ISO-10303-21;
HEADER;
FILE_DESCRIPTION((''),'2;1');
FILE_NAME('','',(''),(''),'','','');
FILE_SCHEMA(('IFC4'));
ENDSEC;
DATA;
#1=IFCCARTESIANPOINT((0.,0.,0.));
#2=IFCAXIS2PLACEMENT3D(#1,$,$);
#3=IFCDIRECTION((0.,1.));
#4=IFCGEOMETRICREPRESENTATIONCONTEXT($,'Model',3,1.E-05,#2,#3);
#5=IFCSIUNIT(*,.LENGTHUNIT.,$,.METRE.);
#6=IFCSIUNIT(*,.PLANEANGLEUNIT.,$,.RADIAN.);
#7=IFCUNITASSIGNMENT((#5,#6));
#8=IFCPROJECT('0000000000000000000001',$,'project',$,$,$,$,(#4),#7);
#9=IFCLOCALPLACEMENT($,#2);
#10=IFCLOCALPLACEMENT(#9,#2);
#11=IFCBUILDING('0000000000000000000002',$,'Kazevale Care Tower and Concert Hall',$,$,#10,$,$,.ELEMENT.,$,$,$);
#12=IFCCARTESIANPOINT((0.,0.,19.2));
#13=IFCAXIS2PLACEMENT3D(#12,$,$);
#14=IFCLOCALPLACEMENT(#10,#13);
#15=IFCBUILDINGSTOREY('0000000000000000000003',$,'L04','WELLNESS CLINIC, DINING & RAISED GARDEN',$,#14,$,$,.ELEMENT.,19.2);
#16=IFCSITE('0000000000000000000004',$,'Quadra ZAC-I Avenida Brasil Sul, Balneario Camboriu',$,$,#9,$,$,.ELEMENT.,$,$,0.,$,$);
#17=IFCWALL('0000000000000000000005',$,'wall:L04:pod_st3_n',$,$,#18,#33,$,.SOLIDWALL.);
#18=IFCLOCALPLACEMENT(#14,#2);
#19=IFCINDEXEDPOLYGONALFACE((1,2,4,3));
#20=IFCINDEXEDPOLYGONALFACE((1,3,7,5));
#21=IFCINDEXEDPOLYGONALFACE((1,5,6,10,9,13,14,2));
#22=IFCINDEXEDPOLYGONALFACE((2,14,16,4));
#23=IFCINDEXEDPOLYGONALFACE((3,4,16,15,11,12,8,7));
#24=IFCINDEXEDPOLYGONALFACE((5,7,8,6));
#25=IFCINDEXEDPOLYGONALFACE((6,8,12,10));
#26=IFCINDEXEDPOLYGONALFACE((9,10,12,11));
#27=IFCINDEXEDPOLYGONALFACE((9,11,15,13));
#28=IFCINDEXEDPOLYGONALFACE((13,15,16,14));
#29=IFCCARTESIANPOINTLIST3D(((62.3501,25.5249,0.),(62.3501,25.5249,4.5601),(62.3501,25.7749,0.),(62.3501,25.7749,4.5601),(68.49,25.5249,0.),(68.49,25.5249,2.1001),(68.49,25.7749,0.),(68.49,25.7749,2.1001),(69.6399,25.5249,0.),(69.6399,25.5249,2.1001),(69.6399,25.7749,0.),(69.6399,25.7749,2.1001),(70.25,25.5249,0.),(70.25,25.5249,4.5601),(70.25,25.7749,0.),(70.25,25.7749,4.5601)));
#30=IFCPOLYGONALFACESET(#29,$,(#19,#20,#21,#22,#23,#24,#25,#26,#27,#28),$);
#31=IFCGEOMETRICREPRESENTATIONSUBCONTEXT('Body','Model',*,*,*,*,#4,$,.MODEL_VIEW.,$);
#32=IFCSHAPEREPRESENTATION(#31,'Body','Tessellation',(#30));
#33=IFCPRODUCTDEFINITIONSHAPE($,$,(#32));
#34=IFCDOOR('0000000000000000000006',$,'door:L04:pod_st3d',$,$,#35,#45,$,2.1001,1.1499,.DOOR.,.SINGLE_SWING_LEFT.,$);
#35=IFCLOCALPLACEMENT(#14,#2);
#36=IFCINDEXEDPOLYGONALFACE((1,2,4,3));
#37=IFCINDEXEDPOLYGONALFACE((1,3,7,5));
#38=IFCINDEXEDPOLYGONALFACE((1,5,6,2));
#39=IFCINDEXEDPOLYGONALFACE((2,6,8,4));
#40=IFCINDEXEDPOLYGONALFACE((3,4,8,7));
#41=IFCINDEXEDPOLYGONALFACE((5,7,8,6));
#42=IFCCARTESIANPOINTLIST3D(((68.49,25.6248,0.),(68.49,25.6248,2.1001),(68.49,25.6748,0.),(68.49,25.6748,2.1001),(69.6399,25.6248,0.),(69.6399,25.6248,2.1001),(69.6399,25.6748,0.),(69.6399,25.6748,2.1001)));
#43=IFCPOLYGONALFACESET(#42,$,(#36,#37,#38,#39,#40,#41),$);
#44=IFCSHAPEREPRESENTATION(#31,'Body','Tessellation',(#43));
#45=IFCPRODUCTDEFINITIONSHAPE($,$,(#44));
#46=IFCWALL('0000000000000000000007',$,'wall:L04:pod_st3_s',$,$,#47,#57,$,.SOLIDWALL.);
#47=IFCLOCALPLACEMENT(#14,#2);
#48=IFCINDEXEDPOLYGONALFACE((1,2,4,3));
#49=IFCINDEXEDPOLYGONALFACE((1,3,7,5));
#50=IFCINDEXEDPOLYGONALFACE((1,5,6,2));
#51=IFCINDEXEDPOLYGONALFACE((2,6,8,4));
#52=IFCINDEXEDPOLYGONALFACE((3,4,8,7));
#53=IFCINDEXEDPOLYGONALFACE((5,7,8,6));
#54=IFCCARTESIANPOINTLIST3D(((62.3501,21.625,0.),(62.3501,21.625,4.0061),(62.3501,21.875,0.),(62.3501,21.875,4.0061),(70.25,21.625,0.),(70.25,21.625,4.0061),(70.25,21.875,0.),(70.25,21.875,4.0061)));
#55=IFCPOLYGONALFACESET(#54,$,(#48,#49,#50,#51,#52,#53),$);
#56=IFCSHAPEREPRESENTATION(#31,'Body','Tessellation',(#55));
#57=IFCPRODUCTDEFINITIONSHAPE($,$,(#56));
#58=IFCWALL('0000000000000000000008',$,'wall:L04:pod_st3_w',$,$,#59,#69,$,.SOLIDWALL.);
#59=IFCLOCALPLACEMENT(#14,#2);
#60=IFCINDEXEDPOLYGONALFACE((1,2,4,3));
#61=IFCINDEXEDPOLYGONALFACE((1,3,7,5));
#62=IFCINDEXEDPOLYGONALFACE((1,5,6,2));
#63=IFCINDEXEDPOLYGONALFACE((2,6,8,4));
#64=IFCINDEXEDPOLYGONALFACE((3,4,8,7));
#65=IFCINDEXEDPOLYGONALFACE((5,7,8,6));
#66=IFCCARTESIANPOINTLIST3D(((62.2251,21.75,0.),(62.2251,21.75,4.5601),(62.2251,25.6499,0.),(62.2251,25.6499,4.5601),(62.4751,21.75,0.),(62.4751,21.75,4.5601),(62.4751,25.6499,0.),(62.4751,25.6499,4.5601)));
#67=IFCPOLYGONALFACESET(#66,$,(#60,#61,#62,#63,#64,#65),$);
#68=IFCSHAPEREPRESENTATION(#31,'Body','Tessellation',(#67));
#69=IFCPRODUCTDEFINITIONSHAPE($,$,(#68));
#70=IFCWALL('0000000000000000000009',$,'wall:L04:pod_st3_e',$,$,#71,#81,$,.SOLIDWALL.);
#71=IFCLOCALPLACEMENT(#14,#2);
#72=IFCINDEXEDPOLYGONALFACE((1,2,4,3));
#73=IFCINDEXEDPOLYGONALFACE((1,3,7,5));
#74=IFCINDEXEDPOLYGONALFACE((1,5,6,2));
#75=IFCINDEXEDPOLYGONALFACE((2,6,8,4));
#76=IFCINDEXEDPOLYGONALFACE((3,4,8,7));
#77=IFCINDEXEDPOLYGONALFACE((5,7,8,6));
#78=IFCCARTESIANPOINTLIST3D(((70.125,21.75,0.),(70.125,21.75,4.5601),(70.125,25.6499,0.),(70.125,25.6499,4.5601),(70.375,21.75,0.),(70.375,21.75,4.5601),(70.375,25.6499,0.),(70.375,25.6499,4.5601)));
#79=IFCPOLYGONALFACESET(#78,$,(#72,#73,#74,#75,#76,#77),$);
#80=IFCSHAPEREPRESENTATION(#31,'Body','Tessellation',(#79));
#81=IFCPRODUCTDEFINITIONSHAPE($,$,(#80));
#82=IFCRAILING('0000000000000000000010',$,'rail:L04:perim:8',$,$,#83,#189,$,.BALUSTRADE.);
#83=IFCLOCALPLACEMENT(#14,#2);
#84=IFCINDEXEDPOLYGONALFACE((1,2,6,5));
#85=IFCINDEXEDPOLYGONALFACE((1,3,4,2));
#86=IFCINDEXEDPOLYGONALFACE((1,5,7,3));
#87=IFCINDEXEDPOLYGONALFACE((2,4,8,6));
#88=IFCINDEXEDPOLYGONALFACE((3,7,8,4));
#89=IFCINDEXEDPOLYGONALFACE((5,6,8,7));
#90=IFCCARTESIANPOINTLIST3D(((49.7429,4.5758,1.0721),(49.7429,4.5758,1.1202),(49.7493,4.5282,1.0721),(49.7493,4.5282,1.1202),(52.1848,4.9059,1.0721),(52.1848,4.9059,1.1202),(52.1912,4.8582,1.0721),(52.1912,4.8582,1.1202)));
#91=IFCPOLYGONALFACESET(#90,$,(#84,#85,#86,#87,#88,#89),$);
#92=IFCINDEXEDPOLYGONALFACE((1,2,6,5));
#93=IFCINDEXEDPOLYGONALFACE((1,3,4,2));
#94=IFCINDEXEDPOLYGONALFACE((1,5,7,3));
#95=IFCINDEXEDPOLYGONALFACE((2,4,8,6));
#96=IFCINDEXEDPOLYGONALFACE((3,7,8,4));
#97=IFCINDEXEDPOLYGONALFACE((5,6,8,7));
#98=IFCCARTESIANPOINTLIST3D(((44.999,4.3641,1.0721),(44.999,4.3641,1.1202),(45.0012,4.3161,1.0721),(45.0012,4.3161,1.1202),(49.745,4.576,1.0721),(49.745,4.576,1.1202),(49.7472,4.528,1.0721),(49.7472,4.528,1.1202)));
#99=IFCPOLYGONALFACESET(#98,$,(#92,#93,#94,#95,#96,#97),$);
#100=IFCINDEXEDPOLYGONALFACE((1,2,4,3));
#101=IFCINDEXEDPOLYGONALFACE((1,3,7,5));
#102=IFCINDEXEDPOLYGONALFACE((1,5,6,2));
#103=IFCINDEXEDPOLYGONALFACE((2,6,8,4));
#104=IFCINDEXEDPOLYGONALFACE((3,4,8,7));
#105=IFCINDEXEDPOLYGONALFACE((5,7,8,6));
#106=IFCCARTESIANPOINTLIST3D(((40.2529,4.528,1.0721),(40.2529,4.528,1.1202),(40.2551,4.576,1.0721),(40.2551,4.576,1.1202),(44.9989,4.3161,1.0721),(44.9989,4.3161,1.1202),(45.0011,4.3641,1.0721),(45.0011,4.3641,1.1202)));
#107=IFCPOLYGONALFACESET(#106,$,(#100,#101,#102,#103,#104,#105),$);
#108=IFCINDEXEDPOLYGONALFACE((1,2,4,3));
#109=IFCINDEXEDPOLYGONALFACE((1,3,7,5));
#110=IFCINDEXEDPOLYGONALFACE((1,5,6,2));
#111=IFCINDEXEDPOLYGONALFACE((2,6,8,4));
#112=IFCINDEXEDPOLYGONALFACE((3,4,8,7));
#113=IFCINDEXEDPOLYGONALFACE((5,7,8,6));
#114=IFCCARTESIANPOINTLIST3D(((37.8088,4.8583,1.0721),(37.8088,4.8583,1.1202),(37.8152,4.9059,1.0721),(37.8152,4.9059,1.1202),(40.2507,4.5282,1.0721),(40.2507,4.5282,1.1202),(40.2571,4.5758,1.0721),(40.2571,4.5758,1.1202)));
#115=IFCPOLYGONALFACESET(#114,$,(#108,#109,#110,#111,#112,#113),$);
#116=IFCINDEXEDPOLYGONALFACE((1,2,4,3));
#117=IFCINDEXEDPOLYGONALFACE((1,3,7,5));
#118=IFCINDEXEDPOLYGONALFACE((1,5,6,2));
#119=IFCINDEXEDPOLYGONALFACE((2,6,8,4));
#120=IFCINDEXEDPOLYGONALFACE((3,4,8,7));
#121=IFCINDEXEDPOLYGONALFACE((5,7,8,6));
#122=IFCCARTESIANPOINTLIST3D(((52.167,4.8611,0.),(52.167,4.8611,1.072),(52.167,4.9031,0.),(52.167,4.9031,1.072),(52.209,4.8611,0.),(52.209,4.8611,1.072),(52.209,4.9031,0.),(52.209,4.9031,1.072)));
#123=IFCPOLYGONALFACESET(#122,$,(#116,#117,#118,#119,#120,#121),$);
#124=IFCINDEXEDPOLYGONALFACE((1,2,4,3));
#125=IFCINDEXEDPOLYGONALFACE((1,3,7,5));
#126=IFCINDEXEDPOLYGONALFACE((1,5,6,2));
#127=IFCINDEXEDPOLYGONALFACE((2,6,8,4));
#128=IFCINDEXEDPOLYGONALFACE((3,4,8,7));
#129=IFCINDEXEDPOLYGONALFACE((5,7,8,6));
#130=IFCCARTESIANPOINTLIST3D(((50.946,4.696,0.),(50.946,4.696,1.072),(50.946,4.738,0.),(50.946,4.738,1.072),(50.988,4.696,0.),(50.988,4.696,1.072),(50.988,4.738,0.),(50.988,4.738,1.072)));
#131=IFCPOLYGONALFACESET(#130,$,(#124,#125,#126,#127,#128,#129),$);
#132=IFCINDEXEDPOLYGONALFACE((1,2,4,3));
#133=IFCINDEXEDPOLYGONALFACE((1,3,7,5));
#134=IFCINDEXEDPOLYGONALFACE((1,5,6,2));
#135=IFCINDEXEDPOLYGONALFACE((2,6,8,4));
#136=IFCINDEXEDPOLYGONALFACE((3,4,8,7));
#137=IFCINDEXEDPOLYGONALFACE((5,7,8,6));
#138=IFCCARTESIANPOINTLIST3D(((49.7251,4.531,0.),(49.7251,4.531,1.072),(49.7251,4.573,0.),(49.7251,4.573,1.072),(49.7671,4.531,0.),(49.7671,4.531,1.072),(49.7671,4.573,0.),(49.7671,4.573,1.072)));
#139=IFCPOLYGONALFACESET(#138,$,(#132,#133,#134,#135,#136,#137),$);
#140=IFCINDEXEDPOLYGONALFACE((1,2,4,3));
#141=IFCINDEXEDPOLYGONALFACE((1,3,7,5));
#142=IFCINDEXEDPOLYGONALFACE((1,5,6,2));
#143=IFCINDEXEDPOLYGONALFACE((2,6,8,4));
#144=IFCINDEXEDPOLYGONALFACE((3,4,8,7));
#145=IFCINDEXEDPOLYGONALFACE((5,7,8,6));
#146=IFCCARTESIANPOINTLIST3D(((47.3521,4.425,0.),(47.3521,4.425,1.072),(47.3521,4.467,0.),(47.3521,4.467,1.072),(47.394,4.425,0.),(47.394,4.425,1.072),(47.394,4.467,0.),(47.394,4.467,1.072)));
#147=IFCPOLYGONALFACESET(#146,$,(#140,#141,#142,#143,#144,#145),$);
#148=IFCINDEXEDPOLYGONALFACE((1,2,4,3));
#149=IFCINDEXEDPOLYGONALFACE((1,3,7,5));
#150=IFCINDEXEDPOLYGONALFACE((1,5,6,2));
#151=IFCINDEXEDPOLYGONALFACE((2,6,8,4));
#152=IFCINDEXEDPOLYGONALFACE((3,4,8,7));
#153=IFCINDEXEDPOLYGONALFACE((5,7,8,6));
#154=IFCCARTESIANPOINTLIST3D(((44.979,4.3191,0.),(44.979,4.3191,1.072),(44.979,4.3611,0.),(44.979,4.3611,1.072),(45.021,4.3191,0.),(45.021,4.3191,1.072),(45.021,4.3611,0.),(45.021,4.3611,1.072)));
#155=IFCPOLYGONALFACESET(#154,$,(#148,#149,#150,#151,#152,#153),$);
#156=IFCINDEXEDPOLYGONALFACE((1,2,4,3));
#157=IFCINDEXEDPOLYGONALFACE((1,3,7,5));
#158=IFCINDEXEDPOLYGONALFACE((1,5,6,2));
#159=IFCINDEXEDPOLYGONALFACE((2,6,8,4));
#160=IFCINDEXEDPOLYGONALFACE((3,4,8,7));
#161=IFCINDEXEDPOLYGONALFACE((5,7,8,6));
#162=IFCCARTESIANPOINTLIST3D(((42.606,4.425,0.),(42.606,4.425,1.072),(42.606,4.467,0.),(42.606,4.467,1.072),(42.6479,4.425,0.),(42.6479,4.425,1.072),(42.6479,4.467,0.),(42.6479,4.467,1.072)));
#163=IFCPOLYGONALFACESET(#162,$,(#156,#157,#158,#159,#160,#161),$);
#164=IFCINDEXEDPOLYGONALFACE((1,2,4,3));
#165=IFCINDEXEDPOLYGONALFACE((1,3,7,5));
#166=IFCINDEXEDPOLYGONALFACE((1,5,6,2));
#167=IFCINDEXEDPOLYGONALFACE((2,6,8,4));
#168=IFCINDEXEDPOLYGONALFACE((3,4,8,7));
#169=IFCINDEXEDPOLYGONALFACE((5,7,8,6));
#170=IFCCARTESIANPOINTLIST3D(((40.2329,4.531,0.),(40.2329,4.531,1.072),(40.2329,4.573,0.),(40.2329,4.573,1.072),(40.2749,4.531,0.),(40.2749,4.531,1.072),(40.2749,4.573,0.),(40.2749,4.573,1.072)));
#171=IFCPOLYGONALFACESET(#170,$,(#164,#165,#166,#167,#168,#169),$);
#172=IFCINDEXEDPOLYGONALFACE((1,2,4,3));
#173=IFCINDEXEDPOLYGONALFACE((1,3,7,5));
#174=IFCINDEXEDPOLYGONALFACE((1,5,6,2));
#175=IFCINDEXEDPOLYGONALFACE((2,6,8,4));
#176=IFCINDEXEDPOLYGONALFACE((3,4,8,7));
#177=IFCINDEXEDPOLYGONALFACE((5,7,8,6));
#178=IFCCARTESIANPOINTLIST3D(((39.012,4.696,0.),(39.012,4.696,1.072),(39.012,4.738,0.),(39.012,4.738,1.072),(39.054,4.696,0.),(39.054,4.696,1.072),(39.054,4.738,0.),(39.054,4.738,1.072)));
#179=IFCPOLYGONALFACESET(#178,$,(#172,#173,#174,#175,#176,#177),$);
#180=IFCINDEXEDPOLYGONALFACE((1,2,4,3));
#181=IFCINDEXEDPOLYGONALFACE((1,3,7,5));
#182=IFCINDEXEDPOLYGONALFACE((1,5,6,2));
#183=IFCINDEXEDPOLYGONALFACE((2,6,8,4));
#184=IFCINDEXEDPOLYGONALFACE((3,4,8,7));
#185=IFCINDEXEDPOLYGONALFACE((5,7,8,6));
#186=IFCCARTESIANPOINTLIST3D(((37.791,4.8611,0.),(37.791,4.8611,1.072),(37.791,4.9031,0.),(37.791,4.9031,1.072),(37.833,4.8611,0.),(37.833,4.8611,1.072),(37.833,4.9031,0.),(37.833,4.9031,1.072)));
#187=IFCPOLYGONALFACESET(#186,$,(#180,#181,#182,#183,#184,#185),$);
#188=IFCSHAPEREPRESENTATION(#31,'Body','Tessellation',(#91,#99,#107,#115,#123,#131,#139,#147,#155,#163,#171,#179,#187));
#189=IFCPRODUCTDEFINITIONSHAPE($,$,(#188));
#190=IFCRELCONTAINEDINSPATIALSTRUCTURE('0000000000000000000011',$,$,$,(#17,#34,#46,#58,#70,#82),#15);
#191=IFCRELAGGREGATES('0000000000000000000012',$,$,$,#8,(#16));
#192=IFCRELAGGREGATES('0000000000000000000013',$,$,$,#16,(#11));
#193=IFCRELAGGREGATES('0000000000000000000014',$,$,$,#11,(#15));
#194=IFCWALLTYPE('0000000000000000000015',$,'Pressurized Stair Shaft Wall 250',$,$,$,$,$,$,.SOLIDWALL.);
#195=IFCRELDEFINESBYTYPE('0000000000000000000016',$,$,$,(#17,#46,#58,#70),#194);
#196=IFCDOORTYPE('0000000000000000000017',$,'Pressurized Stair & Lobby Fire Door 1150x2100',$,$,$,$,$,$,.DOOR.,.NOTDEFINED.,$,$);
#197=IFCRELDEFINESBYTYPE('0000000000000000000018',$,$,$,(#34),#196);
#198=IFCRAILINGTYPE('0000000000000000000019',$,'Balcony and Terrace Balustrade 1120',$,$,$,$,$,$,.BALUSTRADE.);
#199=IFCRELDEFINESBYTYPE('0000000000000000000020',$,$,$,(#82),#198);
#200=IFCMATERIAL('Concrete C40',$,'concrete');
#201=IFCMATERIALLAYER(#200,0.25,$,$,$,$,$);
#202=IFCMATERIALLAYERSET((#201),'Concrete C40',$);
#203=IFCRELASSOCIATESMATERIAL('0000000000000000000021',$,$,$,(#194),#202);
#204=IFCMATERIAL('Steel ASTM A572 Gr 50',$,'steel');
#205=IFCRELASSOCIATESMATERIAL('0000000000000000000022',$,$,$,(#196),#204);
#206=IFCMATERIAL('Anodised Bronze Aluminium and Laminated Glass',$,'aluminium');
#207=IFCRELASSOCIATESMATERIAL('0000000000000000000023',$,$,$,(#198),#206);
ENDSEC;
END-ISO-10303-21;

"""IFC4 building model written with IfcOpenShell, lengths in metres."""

from ifc_helpers import new_model, si_unit, direction, frame, frame_2d, origin, origin_2d, place, context, subcontext, project, spatial, rectangle, extrude, material, layer, layer_set, type_object, element, fill, save


model = new_model("IFC4")

# Units and contexts
model_context = context("Model", 3, precision=1e-05, world=origin(), true_north=direction((0.0, 1.0)))
body_context = subcontext(model_context, "Body", "Model", "MODEL_VIEW")
ifc_project = project(units=[si_unit("LENGTHUNIT", "METRE"), si_unit("PLANEANGLEUNIT", "RADIAN")], contexts=[model_context])

# Site, building, storey
site_placement = place(None, origin())
site = spatial("IfcSite", under=ifc_project, at=site_placement, Name="Quadra ZAC-I Avenida Brasil Sul, Balneario Camboriu", CompositionType="ELEMENT", RefElevation=0.0)
building_placement = place(site_placement, origin())
building = spatial("IfcBuilding", under=site, at=building_placement, Name="Kazevale Care Tower and Concert Hall", CompositionType="ELEMENT")
storey_placement = place(building_placement, frame((0.0, 0.0, 19.2)))
storey = spatial("IfcBuildingStorey", under=building, at=storey_placement, Name="L04", Description="WELLNESS CLINIC, DINING & RAISED GARDEN", CompositionType="ELEMENT", Elevation=19.2)

# Shared definitions
ifc_material_1 = material(Name="Steel ASTM A572 Gr 50", Category="steel")

# Wall, opening, door
ifc_material_2 = material(Name="Concrete C40", Category="concrete")
ifc_layer_1 = layer(ifc_material_2, 0.25)
ifc_layer_set_1 = layer_set([ifc_layer_1], Name="Concrete C40")
wall_type_1 = type_object("IfcWallType", Name="Pressurized Stair Shaft Wall 250", PredefinedType="SOLIDWALL", material=ifc_layer_set_1)
wall_1_placement = place(storey_placement, frame((62.3501, 25.6499, 0.0), z_axis=(0.0, 0.0, 1.0), x_axis=(1.0, 0.0, 0.0)))
wall_1 = element("IfcWall", 1, at=wall_1_placement, inside=storey, type_object=wall_type_1, Name="wall:L04:pod_st3_n", PredefinedType="SOLIDWALL", context=body_context, shape_type="SweptSolid", body=[
    extrude(rectangle(XDim=7.8999, YDim=0.25, at=frame_2d((3.95, 0.0))), origin(), (0.0, 0.0, 1.0), 4.5601),
])
opening_1_placement = place(wall_1_placement, frame((6.1399, 0.0, 0.0)))
opening_1 = element("IfcOpeningElement", 2, at=opening_1_placement, cuts=wall_1, PredefinedType="OPENING", context=body_context, shape_type="SweptSolid", body=[
    extrude(rectangle(XDim=1.1499, YDim=2.1001, at=frame_2d((0.575, 1.05))), frame((0.0, 0.135, 0.0), z_axis=(0.0, -1.0, 0.0), x_axis=(1.0, 0.0, 0.0)), (0.0, 0.0, 1.0), 0.27),
])
door_type_1 = type_object("IfcDoorType", Name="Pressurized Stair & Lobby Fire Door 1150x2100", OperationType="NOTDEFINED", PredefinedType="DOOR", material=ifc_material_1)
door_1_placement = place(opening_1_placement, origin())
door_1 = element("IfcDoor", 3, at=door_1_placement, inside=storey, type_object=door_type_1, Name="door:L04:pod_st3d", OperationType="SINGLE_SWING_LEFT", OverallHeight=2.1001, OverallWidth=1.1499, PredefinedType="DOOR", context=body_context, shape_type="SweptSolid", body=[
    extrude(rectangle(XDim=1.1499, YDim=2.1001, at=frame_2d((0.575, 1.05))), frame((0.0, 0.0249, 0.0), z_axis=(0.0, -1.0, 0.0), x_axis=(1.0, 0.0, 0.0)), (0.0, 0.0, 1.0), 0.05),
])
fill(opening_1, door_1)

# Walls
wall_2_placement = place(storey_placement, frame((62.3501, 21.75, 0.0), z_axis=(0.0, 0.0, 1.0), x_axis=(1.0, 0.0, 0.0)))
element("IfcWall", 4, at=wall_2_placement, inside=storey, type_object=wall_type_1, Name="wall:L04:pod_st3_s", PredefinedType="SOLIDWALL", context=body_context, shape_type="SweptSolid", body=[
    extrude(rectangle(XDim=7.8999, YDim=0.25, at=frame_2d((3.95, 0.0))), origin(), (0.0, 0.0, 1.0), 4.0061),
])
for number, where, z_axis, x_axis, name in (
    (5, (62.3501, 21.75, 0.0), (0.0, 0.0, 1.0), (0.0, 1.0, 0.0), "wall:L04:pod_st3_w"),
    (6, (70.25, 21.75, 0.0), (0.0, 0.0, 1.0), (0.0, 1.0, 0.0), "wall:L04:pod_st3_e"),
):
    element("IfcWall", number, at=place(storey_placement, frame(where, z_axis=z_axis, x_axis=x_axis)), inside=storey, type_object=wall_type_1, Name=name, PredefinedType="SOLIDWALL", context=body_context, shape_type="SweptSolid", body=[
        extrude(rectangle(XDim=3.8999, YDim=0.25, at=frame_2d((1.95, 0.0))), origin(), (0.0, 0.0, 1.0), 4.5601),
    ])

# Railing
ifc_material_3 = material(Name="Anodised Bronze Aluminium and Laminated Glass", Category="aluminium")
railing_type_1 = type_object("IfcRailingType", Name="Balcony and Terrace Balustrade 1120", PredefinedType="BALUSTRADE", material=ifc_material_3)
railing_1_placement = place(storey_placement, frame((52.188, 4.8821, 0.0)))
element("IfcRailing", 7, at=railing_1_placement, inside=storey, type_object=railing_type_1, Name="rail:L04:perim:8", PredefinedType="BALUSTRADE", context=body_context, shape_type="SweptSolid", body=[
    extrude(rectangle(XDim=0.0481, YDim=0.0481, at=origin_2d()), frame((0.0, 0.0, 1.0962), z_axis=(-0.990987, -0.133955, 0.0), x_axis=(0.133955, -0.990987, 0.0)), (0.0, 0.0, 1.0), 2.4641),
    extrude(rectangle(XDim=0.0481, YDim=0.0481, at=origin_2d()), frame((-2.4419, -0.3301, 1.0962), z_axis=(-0.999005, -0.044606, 0.0), x_axis=(0.044606, -0.999005, 0.0)), (0.0, 0.0, 1.0), 4.7507),
    extrude(rectangle(XDim=0.0481, YDim=0.0481, at=origin_2d()), frame((-7.188, -0.542, 1.0962), z_axis=(-0.999005, 0.044606, 0.0), x_axis=(-0.044606, -0.999005, 0.0)), (0.0, 0.0, 1.0), 4.7507),
    extrude(rectangle(XDim=0.0481, YDim=0.0481, at=origin_2d()), frame((-11.9341, -0.3301, 1.0962), z_axis=(-0.990987, 0.133955, 0.0), x_axis=(-0.133955, -0.990987, 0.0)), (0.0, 0.0, 1.0), 2.4641),
    extrude(rectangle(XDim=0.042, YDim=0.042, at=origin_2d()), origin(), (0.0, 0.0, 1.0), 1.072),
    extrude(rectangle(XDim=0.042, YDim=0.042, at=origin_2d()), frame((-1.2209, -0.165, 0.0)), (0.0, 0.0, 1.0), 1.072),
    extrude(rectangle(XDim=0.042, YDim=0.042, at=origin_2d()), frame((-2.4419, -0.3301, 0.0)), (0.0, 0.0, 1.0), 1.072),
    extrude(rectangle(XDim=0.042, YDim=0.042, at=origin_2d()), frame((-4.8149, -0.436, 0.0)), (0.0, 0.0, 1.0), 1.072),
    extrude(rectangle(XDim=0.042, YDim=0.042, at=origin_2d()), frame((-7.188, -0.542, 0.0)), (0.0, 0.0, 1.0), 1.072),
    extrude(rectangle(XDim=0.042, YDim=0.042, at=origin_2d()), frame((-9.561, -0.436, 0.0)), (0.0, 0.0, 1.0), 1.072),
    extrude(rectangle(XDim=0.042, YDim=0.042, at=origin_2d()), frame((-11.9341, -0.3301, 0.0)), (0.0, 0.0, 1.0), 1.072),
    extrude(rectangle(XDim=0.042, YDim=0.042, at=origin_2d()), frame((-13.155, -0.165, 0.0)), (0.0, 0.0, 1.0), 1.072),
    extrude(rectangle(XDim=0.042, YDim=0.042, at=origin_2d()), frame((-14.376, 0.0, 0.0)), (0.0, 0.0, 1.0), 1.072),
])

save(model, "model.ifc")
